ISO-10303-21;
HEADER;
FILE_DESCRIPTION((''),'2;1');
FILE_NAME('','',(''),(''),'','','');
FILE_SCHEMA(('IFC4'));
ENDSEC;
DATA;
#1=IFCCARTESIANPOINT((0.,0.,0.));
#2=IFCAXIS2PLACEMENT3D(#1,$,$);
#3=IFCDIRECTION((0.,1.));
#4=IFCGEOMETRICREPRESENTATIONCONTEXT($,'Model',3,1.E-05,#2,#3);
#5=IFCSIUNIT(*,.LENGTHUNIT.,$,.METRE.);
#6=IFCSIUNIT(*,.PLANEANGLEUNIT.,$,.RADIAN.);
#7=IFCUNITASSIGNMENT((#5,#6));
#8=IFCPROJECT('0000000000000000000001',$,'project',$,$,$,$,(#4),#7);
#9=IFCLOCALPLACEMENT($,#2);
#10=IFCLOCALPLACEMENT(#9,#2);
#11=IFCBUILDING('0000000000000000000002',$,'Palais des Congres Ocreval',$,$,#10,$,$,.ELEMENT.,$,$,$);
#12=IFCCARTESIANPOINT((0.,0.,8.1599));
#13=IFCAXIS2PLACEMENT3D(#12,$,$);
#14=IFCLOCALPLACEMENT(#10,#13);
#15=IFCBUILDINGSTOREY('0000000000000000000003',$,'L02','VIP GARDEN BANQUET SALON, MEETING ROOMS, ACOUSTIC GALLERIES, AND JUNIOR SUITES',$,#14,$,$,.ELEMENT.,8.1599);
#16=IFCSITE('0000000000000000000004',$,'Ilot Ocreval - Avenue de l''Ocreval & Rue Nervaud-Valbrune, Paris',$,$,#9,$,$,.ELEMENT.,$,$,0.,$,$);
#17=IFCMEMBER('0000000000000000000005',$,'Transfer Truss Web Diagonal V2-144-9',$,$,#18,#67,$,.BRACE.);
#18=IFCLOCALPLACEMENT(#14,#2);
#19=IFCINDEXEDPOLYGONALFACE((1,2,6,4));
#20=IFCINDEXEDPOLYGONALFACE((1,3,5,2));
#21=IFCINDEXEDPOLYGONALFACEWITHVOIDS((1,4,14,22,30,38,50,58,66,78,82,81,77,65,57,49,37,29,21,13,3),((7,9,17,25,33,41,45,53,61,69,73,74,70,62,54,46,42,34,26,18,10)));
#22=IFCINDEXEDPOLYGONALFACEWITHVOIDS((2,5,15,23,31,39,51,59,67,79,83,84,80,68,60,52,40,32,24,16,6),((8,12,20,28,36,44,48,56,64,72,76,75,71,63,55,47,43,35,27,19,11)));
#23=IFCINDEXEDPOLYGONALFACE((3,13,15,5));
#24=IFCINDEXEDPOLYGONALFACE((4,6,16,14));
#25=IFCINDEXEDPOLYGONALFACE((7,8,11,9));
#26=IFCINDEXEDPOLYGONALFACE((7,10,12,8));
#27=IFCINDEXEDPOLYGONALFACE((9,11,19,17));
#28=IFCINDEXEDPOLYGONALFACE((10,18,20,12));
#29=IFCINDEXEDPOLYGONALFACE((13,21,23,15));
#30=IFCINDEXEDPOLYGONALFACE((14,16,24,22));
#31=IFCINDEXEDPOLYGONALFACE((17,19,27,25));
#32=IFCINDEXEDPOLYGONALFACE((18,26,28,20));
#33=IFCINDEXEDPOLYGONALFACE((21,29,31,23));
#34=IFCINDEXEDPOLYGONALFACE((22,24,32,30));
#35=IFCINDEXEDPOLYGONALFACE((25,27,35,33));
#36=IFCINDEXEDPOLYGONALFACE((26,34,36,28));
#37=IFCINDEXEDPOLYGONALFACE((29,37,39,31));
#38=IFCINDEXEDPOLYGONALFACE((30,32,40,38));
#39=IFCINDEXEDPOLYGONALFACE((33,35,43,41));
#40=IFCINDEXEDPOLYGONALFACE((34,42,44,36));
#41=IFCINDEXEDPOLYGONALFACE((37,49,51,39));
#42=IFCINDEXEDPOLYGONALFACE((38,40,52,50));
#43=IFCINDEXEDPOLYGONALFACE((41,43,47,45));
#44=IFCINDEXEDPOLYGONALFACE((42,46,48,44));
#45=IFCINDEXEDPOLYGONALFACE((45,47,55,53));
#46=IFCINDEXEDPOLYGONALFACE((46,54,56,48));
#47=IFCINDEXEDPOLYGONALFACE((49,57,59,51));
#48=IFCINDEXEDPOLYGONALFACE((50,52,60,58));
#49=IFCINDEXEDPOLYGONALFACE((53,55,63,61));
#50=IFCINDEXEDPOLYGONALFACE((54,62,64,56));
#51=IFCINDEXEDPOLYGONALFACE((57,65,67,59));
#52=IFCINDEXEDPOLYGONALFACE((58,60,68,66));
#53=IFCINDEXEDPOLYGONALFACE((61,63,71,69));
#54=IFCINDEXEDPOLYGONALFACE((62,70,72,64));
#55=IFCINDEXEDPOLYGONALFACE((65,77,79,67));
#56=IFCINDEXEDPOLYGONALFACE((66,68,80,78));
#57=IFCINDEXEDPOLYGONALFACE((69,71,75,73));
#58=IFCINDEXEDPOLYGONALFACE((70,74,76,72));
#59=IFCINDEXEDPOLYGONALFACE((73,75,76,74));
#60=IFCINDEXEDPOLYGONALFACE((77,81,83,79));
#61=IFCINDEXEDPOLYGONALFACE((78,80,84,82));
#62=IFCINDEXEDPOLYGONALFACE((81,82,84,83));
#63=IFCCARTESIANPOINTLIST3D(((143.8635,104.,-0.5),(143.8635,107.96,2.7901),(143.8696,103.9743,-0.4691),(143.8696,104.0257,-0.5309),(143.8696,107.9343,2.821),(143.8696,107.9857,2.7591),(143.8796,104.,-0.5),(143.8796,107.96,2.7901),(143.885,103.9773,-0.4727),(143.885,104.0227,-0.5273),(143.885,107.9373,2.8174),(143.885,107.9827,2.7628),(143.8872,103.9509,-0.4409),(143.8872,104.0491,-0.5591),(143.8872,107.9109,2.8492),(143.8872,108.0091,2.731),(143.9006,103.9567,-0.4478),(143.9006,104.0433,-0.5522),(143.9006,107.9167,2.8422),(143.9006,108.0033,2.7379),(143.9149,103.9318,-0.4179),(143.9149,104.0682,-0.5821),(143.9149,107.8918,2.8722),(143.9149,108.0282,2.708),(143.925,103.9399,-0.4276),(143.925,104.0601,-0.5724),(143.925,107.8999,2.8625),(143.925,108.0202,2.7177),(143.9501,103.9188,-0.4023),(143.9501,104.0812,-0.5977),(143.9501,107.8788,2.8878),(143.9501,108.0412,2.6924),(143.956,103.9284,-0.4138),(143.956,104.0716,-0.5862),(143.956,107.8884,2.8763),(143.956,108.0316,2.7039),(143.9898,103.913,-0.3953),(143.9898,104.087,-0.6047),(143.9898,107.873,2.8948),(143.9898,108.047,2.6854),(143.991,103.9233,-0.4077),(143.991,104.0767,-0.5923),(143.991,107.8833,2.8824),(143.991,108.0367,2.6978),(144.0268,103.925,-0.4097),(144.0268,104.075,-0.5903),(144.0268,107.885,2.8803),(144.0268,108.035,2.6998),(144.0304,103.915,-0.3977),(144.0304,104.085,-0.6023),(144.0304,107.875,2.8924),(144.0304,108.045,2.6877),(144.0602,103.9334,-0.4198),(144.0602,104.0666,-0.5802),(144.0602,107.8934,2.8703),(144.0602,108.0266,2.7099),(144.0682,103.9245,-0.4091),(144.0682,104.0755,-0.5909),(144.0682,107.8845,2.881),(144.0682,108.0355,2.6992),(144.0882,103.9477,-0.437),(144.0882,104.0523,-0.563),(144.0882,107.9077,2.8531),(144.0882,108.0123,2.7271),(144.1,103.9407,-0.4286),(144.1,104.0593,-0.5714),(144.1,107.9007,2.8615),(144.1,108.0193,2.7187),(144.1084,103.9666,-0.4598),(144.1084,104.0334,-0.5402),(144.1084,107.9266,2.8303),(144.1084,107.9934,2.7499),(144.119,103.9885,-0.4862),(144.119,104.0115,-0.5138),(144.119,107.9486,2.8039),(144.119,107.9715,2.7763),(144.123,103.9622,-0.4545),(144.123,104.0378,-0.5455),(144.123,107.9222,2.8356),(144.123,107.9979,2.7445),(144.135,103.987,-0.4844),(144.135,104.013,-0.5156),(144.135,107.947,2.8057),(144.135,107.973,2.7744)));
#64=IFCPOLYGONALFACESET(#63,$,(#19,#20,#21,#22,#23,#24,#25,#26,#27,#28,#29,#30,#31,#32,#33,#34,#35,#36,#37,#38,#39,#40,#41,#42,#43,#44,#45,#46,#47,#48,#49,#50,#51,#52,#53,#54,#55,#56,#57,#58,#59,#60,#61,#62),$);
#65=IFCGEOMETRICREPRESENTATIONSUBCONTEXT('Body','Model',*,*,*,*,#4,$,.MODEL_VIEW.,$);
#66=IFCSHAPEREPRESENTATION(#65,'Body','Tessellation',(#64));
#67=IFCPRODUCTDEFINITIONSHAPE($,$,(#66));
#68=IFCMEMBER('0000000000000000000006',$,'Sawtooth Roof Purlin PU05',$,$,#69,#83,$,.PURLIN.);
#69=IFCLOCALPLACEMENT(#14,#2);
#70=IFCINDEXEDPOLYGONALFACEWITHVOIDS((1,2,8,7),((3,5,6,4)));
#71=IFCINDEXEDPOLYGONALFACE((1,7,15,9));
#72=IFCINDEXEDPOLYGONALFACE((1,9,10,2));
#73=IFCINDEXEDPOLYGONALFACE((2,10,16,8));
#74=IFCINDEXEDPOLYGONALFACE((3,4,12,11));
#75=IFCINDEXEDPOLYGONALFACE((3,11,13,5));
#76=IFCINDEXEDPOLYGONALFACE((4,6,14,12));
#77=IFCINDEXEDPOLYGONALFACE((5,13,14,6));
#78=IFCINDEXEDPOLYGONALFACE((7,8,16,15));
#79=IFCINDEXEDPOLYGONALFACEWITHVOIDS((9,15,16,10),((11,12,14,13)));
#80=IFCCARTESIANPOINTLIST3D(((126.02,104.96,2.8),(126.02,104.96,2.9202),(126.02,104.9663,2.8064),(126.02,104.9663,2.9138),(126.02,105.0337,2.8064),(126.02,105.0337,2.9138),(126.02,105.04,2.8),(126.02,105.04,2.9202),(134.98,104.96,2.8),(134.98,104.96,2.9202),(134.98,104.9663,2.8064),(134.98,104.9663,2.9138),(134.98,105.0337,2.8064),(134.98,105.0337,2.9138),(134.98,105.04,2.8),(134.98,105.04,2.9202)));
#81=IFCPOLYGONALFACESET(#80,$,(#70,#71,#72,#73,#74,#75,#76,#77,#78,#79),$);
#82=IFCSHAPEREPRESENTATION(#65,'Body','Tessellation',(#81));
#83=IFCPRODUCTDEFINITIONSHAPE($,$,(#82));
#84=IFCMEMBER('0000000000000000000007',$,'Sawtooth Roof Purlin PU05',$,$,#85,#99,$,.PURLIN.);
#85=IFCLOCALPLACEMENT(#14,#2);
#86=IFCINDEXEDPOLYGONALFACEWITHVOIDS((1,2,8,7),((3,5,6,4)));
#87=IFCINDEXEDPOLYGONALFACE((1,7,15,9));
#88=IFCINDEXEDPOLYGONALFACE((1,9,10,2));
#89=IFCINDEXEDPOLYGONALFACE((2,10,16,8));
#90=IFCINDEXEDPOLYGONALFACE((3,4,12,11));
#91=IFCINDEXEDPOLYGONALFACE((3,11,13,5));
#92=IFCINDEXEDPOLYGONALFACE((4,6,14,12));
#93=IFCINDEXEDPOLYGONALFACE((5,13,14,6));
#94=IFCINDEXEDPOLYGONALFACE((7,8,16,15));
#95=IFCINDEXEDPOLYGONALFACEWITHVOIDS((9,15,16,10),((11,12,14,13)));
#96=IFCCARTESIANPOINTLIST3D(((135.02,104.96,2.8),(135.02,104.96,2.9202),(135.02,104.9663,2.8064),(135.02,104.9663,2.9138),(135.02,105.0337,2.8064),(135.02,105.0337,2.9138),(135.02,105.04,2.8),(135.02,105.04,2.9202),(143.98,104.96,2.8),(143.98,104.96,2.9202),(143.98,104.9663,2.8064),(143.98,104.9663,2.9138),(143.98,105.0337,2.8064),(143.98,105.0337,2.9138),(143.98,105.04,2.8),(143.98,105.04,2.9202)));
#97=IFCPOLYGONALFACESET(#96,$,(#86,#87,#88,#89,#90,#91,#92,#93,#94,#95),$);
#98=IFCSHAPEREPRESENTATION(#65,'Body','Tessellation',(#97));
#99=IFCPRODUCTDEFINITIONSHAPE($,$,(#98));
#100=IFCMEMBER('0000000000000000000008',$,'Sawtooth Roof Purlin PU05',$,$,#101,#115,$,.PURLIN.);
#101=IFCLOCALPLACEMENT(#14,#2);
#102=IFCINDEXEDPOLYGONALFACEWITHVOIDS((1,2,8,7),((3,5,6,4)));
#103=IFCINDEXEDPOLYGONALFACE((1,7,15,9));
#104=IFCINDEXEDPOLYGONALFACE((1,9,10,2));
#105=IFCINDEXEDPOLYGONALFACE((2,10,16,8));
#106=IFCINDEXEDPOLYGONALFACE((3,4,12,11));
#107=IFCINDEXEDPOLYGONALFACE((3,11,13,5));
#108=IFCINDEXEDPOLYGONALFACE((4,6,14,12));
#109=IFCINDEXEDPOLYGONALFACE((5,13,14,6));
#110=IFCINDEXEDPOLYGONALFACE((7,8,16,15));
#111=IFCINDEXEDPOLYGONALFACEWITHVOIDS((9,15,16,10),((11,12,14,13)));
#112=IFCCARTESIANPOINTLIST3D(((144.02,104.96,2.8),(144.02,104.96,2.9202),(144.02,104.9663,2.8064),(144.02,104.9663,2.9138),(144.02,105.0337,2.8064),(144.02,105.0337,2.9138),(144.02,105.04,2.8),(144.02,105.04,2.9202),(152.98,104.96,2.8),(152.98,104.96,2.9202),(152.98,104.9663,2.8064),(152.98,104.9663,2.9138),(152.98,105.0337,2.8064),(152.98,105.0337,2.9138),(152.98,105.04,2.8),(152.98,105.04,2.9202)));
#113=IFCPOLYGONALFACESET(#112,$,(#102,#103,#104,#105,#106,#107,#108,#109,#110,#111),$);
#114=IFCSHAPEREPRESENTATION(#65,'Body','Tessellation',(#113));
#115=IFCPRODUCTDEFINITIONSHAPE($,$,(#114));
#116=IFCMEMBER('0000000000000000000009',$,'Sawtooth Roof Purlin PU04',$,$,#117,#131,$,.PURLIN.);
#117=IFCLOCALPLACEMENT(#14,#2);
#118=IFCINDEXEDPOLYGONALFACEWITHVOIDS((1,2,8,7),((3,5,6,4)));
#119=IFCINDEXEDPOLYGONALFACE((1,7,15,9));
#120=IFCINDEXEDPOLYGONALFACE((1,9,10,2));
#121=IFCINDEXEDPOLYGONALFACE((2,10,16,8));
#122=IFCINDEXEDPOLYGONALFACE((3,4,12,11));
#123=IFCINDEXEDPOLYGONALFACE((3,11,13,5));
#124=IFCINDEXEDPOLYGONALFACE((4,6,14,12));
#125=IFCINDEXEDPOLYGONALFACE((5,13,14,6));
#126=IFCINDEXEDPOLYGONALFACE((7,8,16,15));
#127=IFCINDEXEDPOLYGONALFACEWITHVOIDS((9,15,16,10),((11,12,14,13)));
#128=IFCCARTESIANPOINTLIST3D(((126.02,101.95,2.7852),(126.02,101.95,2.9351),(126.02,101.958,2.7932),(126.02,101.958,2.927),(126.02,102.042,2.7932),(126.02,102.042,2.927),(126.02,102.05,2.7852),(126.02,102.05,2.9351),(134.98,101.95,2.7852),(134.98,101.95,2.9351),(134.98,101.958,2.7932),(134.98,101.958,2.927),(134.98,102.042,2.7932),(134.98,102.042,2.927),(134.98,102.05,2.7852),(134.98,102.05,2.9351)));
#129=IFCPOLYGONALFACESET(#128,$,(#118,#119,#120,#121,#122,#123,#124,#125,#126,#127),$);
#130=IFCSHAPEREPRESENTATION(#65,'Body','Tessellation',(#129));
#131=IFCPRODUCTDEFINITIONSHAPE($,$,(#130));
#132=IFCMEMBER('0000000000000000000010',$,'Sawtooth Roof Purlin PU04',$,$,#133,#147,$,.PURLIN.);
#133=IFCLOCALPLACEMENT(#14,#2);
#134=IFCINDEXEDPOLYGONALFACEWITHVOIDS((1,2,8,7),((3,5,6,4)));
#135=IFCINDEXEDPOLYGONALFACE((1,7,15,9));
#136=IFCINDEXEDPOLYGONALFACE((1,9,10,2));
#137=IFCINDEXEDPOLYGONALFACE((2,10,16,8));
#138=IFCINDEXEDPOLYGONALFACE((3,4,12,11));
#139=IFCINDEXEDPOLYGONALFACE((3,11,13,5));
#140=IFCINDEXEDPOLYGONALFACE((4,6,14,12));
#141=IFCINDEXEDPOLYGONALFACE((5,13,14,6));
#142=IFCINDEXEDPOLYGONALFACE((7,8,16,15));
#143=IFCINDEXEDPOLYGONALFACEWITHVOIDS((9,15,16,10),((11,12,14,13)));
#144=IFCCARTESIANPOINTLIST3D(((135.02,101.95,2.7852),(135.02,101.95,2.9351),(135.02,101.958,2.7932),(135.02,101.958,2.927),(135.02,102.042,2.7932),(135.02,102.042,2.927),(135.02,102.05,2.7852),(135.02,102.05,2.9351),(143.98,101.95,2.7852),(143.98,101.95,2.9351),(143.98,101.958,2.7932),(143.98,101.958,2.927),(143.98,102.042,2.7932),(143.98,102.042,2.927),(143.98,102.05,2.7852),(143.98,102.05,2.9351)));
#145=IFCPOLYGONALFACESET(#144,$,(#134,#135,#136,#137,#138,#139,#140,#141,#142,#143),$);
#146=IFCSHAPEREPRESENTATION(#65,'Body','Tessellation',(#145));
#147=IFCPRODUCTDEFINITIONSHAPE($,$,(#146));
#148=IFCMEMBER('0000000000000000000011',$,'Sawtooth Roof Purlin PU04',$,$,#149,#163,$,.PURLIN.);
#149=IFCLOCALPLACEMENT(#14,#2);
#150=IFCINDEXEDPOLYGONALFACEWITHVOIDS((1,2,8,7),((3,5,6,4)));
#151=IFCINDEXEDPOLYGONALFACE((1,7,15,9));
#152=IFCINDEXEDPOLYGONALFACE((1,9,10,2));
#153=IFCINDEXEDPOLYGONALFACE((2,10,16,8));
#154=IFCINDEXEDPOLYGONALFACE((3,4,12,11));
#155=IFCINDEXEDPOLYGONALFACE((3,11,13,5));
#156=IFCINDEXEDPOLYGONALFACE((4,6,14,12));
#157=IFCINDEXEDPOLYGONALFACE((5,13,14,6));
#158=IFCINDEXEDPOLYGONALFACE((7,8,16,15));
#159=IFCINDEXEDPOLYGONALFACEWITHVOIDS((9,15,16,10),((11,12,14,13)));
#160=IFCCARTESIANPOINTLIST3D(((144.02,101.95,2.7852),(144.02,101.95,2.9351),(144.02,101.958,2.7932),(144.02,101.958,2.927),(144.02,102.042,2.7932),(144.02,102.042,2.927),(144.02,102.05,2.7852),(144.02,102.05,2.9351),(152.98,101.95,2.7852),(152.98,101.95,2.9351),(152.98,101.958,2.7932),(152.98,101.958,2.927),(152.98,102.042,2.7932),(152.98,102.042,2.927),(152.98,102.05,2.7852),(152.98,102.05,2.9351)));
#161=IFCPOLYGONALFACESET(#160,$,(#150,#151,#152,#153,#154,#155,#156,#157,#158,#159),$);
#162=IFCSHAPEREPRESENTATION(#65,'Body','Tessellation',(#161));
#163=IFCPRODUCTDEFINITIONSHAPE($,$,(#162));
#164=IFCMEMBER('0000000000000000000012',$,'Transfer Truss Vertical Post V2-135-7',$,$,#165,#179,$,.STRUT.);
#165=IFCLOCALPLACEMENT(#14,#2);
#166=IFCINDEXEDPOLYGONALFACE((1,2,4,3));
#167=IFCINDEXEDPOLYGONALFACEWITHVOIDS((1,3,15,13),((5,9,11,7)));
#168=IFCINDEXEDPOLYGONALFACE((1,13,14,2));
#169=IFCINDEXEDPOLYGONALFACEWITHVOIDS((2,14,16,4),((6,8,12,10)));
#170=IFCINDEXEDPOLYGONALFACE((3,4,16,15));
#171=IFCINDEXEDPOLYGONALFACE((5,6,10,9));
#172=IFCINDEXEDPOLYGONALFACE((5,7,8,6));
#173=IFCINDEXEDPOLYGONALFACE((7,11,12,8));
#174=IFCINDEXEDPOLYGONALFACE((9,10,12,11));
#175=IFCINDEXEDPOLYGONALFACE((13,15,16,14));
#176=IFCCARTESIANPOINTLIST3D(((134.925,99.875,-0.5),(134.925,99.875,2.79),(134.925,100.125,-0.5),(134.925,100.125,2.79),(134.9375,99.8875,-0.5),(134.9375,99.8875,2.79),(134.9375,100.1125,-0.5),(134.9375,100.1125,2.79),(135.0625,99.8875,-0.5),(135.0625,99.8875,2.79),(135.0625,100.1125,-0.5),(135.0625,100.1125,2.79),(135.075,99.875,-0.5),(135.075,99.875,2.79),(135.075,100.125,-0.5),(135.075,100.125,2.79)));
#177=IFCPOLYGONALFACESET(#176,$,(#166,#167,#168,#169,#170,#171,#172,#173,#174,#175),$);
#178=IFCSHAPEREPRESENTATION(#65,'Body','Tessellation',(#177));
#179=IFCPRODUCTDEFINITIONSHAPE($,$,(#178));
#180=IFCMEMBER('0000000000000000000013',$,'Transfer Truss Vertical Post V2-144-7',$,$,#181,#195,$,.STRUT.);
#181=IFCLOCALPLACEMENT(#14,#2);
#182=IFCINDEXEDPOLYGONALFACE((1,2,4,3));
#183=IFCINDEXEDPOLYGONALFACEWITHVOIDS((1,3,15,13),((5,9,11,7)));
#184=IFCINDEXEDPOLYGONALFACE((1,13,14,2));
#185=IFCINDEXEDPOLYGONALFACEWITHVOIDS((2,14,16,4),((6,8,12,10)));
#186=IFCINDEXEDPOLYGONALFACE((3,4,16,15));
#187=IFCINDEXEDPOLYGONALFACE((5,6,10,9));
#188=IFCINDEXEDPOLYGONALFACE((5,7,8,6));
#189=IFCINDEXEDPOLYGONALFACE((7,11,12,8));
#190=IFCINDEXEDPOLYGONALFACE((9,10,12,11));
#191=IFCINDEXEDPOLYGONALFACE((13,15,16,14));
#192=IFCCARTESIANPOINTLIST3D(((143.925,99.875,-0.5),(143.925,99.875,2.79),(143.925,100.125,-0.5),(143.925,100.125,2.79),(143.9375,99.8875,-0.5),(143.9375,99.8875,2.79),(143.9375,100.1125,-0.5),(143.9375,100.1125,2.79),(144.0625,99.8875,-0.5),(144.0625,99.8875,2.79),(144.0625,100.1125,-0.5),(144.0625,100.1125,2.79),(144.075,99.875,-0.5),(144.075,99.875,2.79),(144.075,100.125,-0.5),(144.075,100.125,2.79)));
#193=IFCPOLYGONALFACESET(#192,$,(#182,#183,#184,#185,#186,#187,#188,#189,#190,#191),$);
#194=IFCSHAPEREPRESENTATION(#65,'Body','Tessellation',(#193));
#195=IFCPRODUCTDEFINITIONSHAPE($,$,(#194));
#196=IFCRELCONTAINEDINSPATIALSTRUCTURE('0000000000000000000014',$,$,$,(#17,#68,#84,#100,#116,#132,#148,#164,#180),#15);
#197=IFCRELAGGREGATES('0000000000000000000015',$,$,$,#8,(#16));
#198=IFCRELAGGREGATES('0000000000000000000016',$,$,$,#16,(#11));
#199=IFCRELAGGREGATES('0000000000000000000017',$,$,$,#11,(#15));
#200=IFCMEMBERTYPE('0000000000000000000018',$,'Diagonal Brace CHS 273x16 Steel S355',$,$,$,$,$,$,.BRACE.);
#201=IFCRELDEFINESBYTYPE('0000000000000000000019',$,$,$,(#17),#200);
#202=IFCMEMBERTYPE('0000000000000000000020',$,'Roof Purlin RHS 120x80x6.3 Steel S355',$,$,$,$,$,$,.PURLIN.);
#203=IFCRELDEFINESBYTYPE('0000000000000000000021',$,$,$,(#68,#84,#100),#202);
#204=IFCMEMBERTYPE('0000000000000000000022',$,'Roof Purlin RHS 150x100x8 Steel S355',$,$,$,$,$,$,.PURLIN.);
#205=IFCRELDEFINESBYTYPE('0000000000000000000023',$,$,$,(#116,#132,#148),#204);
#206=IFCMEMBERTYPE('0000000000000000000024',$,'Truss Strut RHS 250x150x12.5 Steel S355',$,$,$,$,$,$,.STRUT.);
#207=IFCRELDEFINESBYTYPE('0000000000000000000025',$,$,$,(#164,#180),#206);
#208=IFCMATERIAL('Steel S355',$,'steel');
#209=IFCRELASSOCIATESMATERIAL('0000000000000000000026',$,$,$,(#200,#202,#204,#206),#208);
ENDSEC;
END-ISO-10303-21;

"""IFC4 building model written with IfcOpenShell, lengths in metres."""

from ifc_helpers import new_model, si_unit, direction, frame, origin, origin_2d, place, context, subcontext, project, spatial, hollow_rectangle, hollow_circle, extrude, material, material_profile, profile_set, type_object, element, save


model = new_model("IFC4")

# Units and contexts
model_context = context("Model", 3, precision=1e-05, world=origin(), true_north=direction((0.0, 1.0)))
body_context = subcontext(model_context, "Body", "Model", "MODEL_VIEW")
ifc_project = project(units=[si_unit("LENGTHUNIT", "METRE"), si_unit("PLANEANGLEUNIT", "RADIAN")], contexts=[model_context])

# Site, building, storey
site_placement = place(None, origin())
site = spatial("IfcSite", under=ifc_project, at=site_placement, Name="Ilot Ocreval - Avenue de l'Ocreval & Rue Nervaud-Valbrune, Paris", CompositionType="ELEMENT", RefElevation=0.0)
building_placement = place(site_placement, origin())
building = spatial("IfcBuilding", under=site, at=building_placement, Name="Palais des Congres Ocreval", CompositionType="ELEMENT")
storey_placement = place(building_placement, frame((0.0, 0.0, 8.1599)))
storey = spatial("IfcBuildingStorey", under=building, at=storey_placement, Name="L02", Description="VIP GARDEN BANQUET SALON, MEETING ROOMS, ACOUSTIC GALLERIES, AND JUNIOR SUITES", CompositionType="ELEMENT", Elevation=8.1599)

# Shared definitions
ifc_material_1 = material(Name="Steel S355", Category="steel")

# Members
ifc_material_profile_1 = material_profile(ifc_material_1, hollow_circle(Radius=0.1365, WallThickness=0.0161, at=origin_2d()), Name="CHS 273x16")
ifc_profile_set_1 = profile_set([ifc_material_profile_1], Name="Steel S355")
member_type_1 = type_object("IfcMemberType", Name="Diagonal Brace CHS 273x16 Steel S355", PredefinedType="BRACE", material=ifc_profile_set_1)
member_1_placement = place(storey_placement, frame((144.0, 104.0, -0.5), z_axis=(0.0, 0.769169, 0.639046), x_axis=(-1.0, 0.0, 0.0)))
element("IfcMember", 1, at=member_1_placement, inside=storey, type_object=member_type_1, Name="Transfer Truss Web Diagonal V2-144-9", PredefinedType="BRACE", context=body_context, shape_type="SweptSolid", body=[
    extrude(hollow_circle(Radius=0.1365, WallThickness=0.0161, at=origin_2d()), origin(), (0.0, 0.0, 1.0), 5.1484),
])
ifc_material_profile_2 = material_profile(ifc_material_1, hollow_rectangle(XDim=0.0801, YDim=0.1201, WallThickness=0.0063, at=origin_2d()), Name="RHS 120x80x6.3")
ifc_profile_set_2 = profile_set([ifc_material_profile_2], Name="Steel S355")
member_type_2 = type_object("IfcMemberType", Name="Roof Purlin RHS 120x80x6.3 Steel S355", PredefinedType="PURLIN", material=ifc_profile_set_2)
for number, where, z_axis, x_axis, name in (
    (2, (126.02, 105.0, 2.8601), (1.0, 0.0, 0.0), (0.0, 1.0, 0.0), "Sawtooth Roof Purlin PU05"),
    (3, (135.02, 105.0, 2.8601), (1.0, 0.0, 0.0), (0.0, 1.0, 0.0), "Sawtooth Roof Purlin PU05"),
    (4, (144.02, 105.0, 2.8601), (1.0, 0.0, 0.0), (0.0, 1.0, 0.0), "Sawtooth Roof Purlin PU05"),
):
    element("IfcMember", number, at=place(storey_placement, frame(where, z_axis=z_axis, x_axis=x_axis)), inside=storey, type_object=member_type_2, Name=name, PredefinedType="PURLIN", context=body_context, shape_type="SweptSolid", body=[
        extrude(hollow_rectangle(XDim=0.0801, YDim=0.1201, WallThickness=0.0063, at=origin_2d()), origin(), (0.0, 0.0, 1.0), 8.96),
    ])
ifc_material_profile_3 = material_profile(ifc_material_1, hollow_rectangle(XDim=0.1001, YDim=0.1499, WallThickness=0.0081, at=origin_2d()), Name="RHS 150x100x8")
ifc_profile_set_3 = profile_set([ifc_material_profile_3], Name="Steel S355")
member_type_3 = type_object("IfcMemberType", Name="Roof Purlin RHS 150x100x8 Steel S355", PredefinedType="PURLIN", material=ifc_profile_set_3)
for number, where, z_axis, x_axis, name in (
    (5, (126.02, 102.0, 2.8601), (1.0, 0.0, 0.0), (0.0, 1.0, 0.0), "Sawtooth Roof Purlin PU04"),
    (6, (135.02, 102.0, 2.8601), (1.0, 0.0, 0.0), (0.0, 1.0, 0.0), "Sawtooth Roof Purlin PU04"),
    (7, (144.02, 102.0, 2.8601), (1.0, 0.0, 0.0), (0.0, 1.0, 0.0), "Sawtooth Roof Purlin PU04"),
):
    element("IfcMember", number, at=place(storey_placement, frame(where, z_axis=z_axis, x_axis=x_axis)), inside=storey, type_object=member_type_3, Name=name, PredefinedType="PURLIN", context=body_context, shape_type="SweptSolid", body=[
        extrude(hollow_rectangle(XDim=0.1001, YDim=0.1499, WallThickness=0.0081, at=origin_2d()), origin(), (0.0, 0.0, 1.0), 8.96),
    ])
ifc_material_profile_4 = material_profile(ifc_material_1, hollow_rectangle(XDim=0.1499, YDim=0.25, WallThickness=0.0125, at=origin_2d()), Name="RHS 250x150x12.5")
ifc_profile_set_4 = profile_set([ifc_material_profile_4], Name="Steel S355")
member_type_4 = type_object("IfcMemberType", Name="Truss Strut RHS 250x150x12.5 Steel S355", PredefinedType="STRUT", material=ifc_profile_set_4)
for number, where, z_axis, x_axis, name in (
    (8, (135.0, 100.0, -0.5), (0.0, 0.0, 1.0), (1.0, 0.0, 0.0), "Transfer Truss Vertical Post V2-135-7"),
    (9, (144.0, 100.0, -0.5), (0.0, 0.0, 1.0), (1.0, 0.0, 0.0), "Transfer Truss Vertical Post V2-144-7"),
):
    element("IfcMember", number, at=place(storey_placement, frame(where, z_axis=z_axis, x_axis=x_axis)), inside=storey, type_object=member_type_4, Name=name, PredefinedType="STRUT", context=body_context, shape_type="SweptSolid", body=[
        extrude(hollow_rectangle(XDim=0.1499, YDim=0.25, WallThickness=0.0125, at=origin_2d()), origin(), (0.0, 0.0, 1.0), 3.29),
    ])

save(model, "model.ifc")
